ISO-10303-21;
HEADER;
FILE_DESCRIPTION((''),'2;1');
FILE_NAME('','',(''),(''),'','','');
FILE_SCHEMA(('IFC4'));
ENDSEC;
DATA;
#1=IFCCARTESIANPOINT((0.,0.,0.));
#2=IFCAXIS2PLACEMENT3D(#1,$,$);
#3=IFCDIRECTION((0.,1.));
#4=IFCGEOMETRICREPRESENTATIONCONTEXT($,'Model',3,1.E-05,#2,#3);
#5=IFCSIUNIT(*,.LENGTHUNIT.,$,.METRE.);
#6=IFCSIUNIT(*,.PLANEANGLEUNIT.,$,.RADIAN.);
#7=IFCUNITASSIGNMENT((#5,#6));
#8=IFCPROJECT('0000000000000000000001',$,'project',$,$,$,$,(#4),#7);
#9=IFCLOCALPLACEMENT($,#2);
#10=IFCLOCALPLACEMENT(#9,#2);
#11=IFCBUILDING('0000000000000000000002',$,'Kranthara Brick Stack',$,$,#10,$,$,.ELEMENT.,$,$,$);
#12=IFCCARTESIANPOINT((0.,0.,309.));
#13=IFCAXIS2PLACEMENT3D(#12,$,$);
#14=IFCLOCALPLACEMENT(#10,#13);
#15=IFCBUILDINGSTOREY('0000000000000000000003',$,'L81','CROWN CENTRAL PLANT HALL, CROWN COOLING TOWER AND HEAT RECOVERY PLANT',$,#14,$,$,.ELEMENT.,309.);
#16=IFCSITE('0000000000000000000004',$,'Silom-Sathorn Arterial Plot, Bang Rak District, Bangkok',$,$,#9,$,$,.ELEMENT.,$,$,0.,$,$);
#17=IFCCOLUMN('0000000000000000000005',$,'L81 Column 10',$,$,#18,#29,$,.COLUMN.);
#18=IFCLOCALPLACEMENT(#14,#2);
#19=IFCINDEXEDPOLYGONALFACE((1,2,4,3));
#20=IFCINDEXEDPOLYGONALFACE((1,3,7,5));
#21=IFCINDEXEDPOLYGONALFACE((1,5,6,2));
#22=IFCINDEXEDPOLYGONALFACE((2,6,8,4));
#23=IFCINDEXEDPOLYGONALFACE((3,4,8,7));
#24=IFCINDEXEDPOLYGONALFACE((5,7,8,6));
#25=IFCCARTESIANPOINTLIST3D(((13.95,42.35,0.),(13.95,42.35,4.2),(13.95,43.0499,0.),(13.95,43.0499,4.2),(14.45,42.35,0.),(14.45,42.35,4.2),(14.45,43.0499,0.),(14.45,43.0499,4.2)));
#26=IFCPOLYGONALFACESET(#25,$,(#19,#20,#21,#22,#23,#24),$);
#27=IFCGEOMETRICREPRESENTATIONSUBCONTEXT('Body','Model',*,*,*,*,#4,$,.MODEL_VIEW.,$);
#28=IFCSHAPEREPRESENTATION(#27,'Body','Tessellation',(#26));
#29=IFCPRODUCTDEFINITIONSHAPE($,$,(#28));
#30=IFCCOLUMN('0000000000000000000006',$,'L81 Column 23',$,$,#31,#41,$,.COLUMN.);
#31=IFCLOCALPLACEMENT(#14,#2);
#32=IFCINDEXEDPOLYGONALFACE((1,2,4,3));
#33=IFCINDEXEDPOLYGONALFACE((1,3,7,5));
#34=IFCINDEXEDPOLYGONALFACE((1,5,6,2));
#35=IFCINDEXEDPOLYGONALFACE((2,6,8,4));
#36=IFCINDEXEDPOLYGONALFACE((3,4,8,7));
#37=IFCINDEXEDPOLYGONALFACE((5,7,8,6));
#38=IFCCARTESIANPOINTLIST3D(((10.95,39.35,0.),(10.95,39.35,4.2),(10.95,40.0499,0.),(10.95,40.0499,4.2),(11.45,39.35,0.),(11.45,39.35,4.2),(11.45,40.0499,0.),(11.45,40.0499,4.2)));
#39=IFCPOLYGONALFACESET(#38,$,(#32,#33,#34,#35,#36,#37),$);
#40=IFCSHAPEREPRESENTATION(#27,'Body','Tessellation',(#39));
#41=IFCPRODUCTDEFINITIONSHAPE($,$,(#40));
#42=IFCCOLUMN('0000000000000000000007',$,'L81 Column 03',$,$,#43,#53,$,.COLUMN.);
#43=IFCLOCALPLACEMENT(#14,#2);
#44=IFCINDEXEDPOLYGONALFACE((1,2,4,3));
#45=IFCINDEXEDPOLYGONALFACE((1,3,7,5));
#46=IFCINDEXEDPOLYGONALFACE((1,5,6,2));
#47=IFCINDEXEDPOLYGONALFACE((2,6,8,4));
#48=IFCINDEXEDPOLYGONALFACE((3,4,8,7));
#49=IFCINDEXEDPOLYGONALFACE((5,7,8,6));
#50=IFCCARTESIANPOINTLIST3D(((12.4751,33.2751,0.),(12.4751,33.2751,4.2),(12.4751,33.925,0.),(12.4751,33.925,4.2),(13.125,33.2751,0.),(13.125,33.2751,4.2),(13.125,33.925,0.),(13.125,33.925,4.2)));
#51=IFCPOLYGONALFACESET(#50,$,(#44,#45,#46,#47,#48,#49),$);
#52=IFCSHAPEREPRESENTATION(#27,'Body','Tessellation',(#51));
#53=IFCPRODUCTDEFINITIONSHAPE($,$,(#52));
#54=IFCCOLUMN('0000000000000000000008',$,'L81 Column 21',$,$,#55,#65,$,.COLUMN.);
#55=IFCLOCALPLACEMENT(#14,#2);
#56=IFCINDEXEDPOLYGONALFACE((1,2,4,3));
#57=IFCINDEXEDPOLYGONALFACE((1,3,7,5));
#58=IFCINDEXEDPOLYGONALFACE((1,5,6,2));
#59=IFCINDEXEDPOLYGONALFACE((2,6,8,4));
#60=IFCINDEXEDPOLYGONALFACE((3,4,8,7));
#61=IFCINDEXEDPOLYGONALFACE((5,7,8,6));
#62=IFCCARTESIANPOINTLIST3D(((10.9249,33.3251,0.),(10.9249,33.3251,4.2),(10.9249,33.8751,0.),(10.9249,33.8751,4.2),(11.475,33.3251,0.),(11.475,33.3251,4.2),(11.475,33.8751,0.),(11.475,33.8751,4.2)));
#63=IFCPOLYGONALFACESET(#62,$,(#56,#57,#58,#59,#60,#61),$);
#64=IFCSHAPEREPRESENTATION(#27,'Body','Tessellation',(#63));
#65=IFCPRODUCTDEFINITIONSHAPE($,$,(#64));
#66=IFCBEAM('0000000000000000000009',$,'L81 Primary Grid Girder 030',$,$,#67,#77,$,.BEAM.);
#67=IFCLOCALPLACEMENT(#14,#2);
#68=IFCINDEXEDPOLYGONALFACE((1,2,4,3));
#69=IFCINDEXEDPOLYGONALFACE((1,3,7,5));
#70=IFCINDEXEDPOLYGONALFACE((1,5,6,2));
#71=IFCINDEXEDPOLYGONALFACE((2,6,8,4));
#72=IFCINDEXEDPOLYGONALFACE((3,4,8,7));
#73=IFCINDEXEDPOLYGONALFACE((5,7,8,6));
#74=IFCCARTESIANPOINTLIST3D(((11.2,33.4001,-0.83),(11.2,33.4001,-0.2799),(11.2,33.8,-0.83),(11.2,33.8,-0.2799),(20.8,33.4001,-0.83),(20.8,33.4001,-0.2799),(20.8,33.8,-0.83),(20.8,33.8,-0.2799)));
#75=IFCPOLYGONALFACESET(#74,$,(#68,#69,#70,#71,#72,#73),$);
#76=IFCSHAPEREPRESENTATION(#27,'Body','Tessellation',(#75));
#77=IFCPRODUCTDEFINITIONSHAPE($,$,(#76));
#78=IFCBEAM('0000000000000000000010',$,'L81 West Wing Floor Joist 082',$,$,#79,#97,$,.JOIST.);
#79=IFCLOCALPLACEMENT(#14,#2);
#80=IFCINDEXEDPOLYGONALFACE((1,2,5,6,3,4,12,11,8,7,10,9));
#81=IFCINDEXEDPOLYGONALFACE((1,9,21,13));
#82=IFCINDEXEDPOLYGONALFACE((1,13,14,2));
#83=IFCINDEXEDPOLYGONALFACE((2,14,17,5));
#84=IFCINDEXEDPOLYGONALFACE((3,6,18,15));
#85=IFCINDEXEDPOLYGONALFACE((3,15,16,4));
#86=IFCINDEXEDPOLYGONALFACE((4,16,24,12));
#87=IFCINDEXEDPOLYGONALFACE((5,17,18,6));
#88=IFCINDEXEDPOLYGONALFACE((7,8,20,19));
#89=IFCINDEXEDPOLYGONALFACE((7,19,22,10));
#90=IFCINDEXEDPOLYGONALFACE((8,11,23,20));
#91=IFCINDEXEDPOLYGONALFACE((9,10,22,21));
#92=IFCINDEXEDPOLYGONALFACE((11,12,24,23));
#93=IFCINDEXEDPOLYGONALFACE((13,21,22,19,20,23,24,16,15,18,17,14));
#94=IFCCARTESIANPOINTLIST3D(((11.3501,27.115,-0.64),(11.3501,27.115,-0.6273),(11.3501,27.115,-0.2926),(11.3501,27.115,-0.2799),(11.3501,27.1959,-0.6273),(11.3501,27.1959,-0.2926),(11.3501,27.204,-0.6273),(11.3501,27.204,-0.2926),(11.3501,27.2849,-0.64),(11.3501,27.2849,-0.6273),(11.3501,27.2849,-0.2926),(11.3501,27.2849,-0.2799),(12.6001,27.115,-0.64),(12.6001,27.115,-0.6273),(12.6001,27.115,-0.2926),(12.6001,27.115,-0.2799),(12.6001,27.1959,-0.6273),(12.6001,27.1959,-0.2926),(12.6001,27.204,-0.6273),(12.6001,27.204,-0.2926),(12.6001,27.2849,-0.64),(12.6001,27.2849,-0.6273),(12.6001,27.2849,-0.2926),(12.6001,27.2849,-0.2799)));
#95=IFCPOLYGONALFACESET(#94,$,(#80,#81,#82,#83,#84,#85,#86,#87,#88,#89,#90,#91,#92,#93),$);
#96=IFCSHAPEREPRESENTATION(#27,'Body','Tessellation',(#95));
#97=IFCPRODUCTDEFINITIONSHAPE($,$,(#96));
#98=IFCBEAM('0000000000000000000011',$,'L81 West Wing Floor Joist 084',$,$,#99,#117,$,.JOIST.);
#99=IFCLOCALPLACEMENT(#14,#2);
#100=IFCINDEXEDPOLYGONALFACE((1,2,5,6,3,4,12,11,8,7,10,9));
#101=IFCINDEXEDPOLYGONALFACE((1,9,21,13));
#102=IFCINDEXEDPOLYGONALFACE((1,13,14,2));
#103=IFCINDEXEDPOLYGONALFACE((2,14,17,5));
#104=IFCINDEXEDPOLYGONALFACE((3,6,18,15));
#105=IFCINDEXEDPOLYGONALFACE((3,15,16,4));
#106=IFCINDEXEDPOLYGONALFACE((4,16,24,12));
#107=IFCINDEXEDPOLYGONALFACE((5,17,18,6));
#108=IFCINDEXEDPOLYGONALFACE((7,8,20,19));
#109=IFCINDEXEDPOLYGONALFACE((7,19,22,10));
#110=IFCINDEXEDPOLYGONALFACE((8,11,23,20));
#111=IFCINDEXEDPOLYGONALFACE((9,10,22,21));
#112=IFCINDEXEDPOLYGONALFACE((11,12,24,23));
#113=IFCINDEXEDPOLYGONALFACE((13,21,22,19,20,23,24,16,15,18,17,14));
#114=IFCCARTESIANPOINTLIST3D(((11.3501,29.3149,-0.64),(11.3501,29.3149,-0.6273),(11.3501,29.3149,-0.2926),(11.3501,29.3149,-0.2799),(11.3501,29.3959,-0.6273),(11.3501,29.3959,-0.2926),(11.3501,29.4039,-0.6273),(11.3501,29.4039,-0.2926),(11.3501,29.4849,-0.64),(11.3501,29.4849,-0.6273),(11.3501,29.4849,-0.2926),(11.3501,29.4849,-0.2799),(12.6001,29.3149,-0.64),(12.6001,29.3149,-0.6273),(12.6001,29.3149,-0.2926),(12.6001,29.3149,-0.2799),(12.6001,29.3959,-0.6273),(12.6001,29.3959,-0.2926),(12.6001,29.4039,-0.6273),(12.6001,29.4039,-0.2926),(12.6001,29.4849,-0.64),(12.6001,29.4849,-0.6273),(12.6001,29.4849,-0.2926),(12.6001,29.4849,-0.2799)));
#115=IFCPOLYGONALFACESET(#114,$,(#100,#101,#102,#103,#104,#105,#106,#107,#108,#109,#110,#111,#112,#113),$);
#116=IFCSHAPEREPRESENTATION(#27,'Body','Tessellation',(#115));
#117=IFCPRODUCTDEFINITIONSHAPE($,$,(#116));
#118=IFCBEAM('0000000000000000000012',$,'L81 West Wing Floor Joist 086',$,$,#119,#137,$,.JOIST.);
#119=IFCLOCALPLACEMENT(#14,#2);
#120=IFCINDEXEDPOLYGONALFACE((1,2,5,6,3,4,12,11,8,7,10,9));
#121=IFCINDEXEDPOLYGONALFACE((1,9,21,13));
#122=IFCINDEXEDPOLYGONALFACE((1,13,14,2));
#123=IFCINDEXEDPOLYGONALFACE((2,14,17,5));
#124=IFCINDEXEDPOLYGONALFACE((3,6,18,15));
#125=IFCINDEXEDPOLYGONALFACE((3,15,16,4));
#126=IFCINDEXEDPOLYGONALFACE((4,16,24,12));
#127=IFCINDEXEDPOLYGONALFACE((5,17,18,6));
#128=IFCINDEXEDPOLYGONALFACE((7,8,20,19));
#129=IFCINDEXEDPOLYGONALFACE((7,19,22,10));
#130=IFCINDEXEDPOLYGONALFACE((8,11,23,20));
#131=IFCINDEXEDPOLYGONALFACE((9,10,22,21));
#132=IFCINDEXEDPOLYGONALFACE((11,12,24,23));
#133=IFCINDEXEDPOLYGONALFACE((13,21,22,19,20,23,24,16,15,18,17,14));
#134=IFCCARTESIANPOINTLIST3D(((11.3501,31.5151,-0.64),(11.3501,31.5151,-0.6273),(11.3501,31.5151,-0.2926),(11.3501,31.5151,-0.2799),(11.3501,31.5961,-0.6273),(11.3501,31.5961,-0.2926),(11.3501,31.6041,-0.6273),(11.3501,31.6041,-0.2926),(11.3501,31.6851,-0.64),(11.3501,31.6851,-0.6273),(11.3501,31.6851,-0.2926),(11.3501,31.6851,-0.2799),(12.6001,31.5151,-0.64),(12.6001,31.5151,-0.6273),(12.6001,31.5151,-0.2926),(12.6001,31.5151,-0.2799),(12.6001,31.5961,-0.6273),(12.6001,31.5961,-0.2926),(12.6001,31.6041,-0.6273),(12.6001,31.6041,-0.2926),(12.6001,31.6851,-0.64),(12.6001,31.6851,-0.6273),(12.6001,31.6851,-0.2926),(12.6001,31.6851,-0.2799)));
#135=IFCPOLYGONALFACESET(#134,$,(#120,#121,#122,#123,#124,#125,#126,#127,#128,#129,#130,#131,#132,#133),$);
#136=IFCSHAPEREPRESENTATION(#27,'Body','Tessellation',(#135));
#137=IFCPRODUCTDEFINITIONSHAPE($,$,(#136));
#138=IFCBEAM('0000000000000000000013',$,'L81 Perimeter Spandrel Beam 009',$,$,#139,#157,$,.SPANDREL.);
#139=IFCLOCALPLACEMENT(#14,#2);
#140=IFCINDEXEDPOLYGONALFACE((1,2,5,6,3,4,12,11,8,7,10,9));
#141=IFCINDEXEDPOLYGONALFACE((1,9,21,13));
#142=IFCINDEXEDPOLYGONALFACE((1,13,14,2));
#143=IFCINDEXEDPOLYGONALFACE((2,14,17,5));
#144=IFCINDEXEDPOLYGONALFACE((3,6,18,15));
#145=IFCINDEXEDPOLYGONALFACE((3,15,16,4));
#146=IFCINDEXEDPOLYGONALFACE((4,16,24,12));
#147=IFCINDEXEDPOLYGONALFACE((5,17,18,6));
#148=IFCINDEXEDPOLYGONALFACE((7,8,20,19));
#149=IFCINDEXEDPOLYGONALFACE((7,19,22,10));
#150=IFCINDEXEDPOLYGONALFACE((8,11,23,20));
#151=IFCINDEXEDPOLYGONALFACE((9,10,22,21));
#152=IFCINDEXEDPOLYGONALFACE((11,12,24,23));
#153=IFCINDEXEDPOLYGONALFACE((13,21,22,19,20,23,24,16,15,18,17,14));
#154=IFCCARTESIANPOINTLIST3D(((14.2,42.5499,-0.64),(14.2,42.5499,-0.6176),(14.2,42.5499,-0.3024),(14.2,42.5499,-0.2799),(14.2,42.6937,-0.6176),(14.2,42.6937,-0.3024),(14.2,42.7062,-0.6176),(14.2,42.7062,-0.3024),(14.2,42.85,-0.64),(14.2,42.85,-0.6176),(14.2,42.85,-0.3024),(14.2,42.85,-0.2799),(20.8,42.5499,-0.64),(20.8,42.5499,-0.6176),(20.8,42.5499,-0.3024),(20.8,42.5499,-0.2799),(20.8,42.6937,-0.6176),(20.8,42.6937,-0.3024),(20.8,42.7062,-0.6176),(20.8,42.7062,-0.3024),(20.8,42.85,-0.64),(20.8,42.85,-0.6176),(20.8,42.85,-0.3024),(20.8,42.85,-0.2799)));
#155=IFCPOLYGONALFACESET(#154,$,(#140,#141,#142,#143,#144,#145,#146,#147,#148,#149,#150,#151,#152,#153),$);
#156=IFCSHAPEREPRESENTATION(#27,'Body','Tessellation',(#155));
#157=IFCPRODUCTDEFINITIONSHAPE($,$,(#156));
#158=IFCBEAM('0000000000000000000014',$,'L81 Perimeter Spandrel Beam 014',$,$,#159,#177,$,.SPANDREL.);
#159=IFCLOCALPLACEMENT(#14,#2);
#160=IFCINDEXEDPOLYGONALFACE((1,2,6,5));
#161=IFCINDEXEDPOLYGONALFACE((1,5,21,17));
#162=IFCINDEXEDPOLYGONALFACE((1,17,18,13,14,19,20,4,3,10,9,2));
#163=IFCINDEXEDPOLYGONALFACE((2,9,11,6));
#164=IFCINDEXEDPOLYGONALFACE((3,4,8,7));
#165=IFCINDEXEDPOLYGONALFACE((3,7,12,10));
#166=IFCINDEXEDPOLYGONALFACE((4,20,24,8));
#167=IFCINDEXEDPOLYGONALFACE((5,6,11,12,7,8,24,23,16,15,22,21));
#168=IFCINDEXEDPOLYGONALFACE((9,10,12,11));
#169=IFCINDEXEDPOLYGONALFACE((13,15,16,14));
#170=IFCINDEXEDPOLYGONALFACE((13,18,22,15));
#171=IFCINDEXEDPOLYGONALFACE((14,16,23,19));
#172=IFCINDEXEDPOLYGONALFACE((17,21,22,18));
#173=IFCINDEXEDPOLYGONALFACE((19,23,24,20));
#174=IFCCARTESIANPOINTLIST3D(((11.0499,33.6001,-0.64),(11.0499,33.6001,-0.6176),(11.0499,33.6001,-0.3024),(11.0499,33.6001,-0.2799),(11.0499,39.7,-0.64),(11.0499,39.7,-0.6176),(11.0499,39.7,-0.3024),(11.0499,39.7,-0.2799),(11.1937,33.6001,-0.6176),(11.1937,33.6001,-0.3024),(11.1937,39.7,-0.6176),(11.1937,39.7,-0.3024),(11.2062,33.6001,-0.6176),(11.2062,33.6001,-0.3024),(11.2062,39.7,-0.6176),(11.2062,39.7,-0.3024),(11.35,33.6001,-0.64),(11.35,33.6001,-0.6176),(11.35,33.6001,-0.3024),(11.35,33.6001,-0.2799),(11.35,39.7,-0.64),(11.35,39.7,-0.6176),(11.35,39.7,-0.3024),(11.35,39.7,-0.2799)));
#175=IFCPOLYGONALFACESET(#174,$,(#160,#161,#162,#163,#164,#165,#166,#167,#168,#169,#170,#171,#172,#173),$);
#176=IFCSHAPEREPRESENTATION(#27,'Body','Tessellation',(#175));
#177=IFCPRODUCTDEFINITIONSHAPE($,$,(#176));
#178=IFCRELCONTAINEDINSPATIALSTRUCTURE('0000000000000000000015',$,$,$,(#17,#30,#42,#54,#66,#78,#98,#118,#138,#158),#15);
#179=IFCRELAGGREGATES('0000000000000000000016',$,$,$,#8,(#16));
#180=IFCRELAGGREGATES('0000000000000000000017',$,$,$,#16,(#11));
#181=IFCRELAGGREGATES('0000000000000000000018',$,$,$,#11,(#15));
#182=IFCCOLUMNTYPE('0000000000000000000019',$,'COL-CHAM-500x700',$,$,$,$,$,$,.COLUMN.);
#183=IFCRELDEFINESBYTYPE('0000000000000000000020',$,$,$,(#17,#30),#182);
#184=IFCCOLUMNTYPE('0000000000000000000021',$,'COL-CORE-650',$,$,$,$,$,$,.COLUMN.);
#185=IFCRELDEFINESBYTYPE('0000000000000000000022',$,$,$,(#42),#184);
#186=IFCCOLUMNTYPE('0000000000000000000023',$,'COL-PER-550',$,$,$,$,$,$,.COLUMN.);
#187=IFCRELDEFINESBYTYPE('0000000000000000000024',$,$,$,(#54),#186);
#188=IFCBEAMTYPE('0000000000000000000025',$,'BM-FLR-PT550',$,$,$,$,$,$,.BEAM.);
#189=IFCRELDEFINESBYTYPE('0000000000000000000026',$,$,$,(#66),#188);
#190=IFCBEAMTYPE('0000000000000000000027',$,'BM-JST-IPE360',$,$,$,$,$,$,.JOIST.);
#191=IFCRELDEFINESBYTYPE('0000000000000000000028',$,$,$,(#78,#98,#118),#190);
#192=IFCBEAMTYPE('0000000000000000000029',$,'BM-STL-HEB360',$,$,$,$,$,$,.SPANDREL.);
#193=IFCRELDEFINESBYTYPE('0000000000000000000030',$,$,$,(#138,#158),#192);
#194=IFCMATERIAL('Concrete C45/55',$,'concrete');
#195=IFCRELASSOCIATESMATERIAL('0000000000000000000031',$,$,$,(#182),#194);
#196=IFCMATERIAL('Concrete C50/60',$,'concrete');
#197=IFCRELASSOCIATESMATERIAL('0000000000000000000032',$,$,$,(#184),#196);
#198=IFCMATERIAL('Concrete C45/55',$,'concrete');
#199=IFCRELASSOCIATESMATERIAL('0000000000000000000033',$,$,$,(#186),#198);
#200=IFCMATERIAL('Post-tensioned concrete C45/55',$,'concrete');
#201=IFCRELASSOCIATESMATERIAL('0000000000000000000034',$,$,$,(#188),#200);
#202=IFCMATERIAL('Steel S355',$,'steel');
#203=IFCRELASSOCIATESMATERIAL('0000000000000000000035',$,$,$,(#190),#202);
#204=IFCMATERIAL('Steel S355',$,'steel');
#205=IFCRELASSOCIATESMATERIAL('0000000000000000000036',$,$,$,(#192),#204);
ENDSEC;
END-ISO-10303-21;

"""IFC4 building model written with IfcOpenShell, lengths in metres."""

from ifc_helpers import new_model, si_unit, direction, frame, origin, origin_2d, place, context, subcontext, project, spatial, rectangle, i_section, extrude, material, material_profile, profile_set, type_object, element, save


model = new_model("IFC4")

# Units and contexts
model_context = context("Model", 3, precision=1e-05, world=origin(), true_north=direction((0.0, 1.0)))
body_context = subcontext(model_context, "Body", "Model", "MODEL_VIEW")
ifc_project = project(units=[si_unit("LENGTHUNIT", "METRE"), si_unit("PLANEANGLEUNIT", "RADIAN")], contexts=[model_context])

# Site, building, storey
site_placement = place(None, origin())
site = spatial("IfcSite", under=ifc_project, at=site_placement, Name="Silom-Sathorn Arterial Plot, Bang Rak District, Bangkok", CompositionType="ELEMENT", RefElevation=0.0)
building_placement = place(site_placement, origin())
building = spatial("IfcBuilding", under=site, at=building_placement, Name="Kranthara Brick Stack", CompositionType="ELEMENT")
storey_placement = place(building_placement, frame((0.0, 0.0, 309.0)))
storey = spatial("IfcBuildingStorey", under=building, at=storey_placement, Name="L81", Description="CROWN CENTRAL PLANT HALL, CROWN COOLING TOWER AND HEAT RECOVERY PLANT", CompositionType="ELEMENT", Elevation=309.0)

# Columns
ifc_material_1 = material(Name="Concrete C45/55", Category="concrete")
ifc_material_profile_1 = material_profile(ifc_material_1, rectangle(XDim=0.5, YDim=0.7, at=origin_2d()), Name="RC 500x700")
ifc_profile_set_1 = profile_set([ifc_material_profile_1], Name="Concrete C45/55")
column_type_1 = type_object("IfcColumnType", Name="COL-CHAM-500x700", PredefinedType="COLUMN", material=ifc_profile_set_1)
for number, where, z_axis, x_axis, name in (
    (1, (14.2, 42.7, 0.0), (0.0, 0.0, 1.0), (1.0, 0.0, 0.0), "L81 Column 10"),
    (2, (11.2, 39.7, 0.0), (0.0, 0.0, 1.0), (1.0, 0.0, 0.0), "L81 Column 23"),
):
    element("IfcColumn", number, at=place(storey_placement, frame(where, z_axis=z_axis, x_axis=x_axis)), inside=storey, type_object=column_type_1, Name=name, PredefinedType="COLUMN", context=body_context, shape_type="SweptSolid", body=[
        extrude(rectangle(XDim=0.5, YDim=0.7, at=origin_2d()), origin(), (0.0, 0.0, 1.0), 4.2),
    ])
ifc_material_2 = material(Name="Concrete C50/60", Category="concrete")
ifc_material_profile_2 = material_profile(ifc_material_2, rectangle(XDim=0.6499, YDim=0.6499, at=origin_2d()), Name="RC 650x650")
ifc_profile_set_2 = profile_set([ifc_material_profile_2], Name="Concrete C50/60")
column_type_2 = type_object("IfcColumnType", Name="COL-CORE-650", PredefinedType="COLUMN", material=ifc_profile_set_2)
column_1_placement = place(storey_placement, frame((12.8, 33.6001, 0.0), z_axis=(0.0, 0.0, 1.0), x_axis=(1.0, 0.0, 0.0)))
element("IfcColumn", 3, at=column_1_placement, inside=storey, type_object=column_type_2, Name="L81 Column 03", PredefinedType="COLUMN", context=body_context, shape_type="SweptSolid", body=[
    extrude(rectangle(XDim=0.6499, YDim=0.6499, at=origin_2d()), origin(), (0.0, 0.0, 1.0), 4.2),
])
ifc_material_3 = material(Name="Concrete C45/55", Category="concrete")
ifc_material_profile_3 = material_profile(ifc_material_3, rectangle(XDim=0.55, YDim=0.55, at=origin_2d()), Name="RC 550x550")
ifc_profile_set_3 = profile_set([ifc_material_profile_3], Name="Concrete C45/55")
column_type_3 = type_object("IfcColumnType", Name="COL-PER-550", PredefinedType="COLUMN", material=ifc_profile_set_3)
column_2_placement = place(storey_placement, frame((11.2, 33.6001, 0.0), z_axis=(0.0, 0.0, 1.0), x_axis=(1.0, 0.0, 0.0)))
element("IfcColumn", 4, at=column_2_placement, inside=storey, type_object=column_type_3, Name="L81 Column 21", PredefinedType="COLUMN", context=body_context, shape_type="SweptSolid", body=[
    extrude(rectangle(XDim=0.55, YDim=0.55, at=origin_2d()), origin(), (0.0, 0.0, 1.0), 4.2),
])

# Beams
ifc_material_4 = material(Name="Post-tensioned concrete C45/55", Category="concrete")
ifc_material_profile_4 = material_profile(ifc_material_4, rectangle(XDim=0.3999, YDim=0.55, at=origin_2d()), Name="PT 400x550")
ifc_profile_set_4 = profile_set([ifc_material_profile_4], Name="Post-tensioned concrete C45/55")
beam_type_1 = type_object("IfcBeamType", Name="BM-FLR-PT550", PredefinedType="BEAM", material=ifc_profile_set_4)
beam_1_placement = place(storey_placement, frame((11.2, 33.6001, -0.5549), z_axis=(1.0, 0.0, 0.0), x_axis=(0.0, 1.0, 0.0)))
element("IfcBeam", 5, at=beam_1_placement, inside=storey, type_object=beam_type_1, Name="L81 Primary Grid Girder 030", PredefinedType="BEAM", context=body_context, shape_type="SweptSolid", body=[
    extrude(rectangle(XDim=0.3999, YDim=0.55, at=origin_2d()), origin(), (0.0, 0.0, 1.0), 9.6001),
])
ifc_material_5 = material(Name="Steel S355", Category="steel")
ifc_material_profile_5 = material_profile(ifc_material_5, i_section(OverallWidth=0.1699, OverallDepth=0.3601, WebThickness=0.0081, FlangeThickness=0.0127, at=origin_2d()), Name="IPE 360")
ifc_profile_set_5 = profile_set([ifc_material_profile_5], Name="Steel S355")
beam_type_2 = type_object("IfcBeamType", Name="BM-JST-IPE360", PredefinedType="JOIST", material=ifc_profile_set_5)
for number, where, z_axis, x_axis, name in (
    (6, (11.3501, 27.2, -0.46), (1.0, 0.0, 0.0), (0.0, 1.0, 0.0), "L81 West Wing Floor Joist 082"),
    (7, (11.3501, 29.3999, -0.46), (1.0, 0.0, 0.0), (0.0, 1.0, 0.0), "L81 West Wing Floor Joist 084"),
    (8, (11.3501, 31.6001, -0.46), (1.0, 0.0, 0.0), (0.0, 1.0, 0.0), "L81 West Wing Floor Joist 086"),
):
    element("IfcBeam", number, at=place(storey_placement, frame(where, z_axis=z_axis, x_axis=x_axis)), inside=storey, type_object=beam_type_2, Name=name, PredefinedType="JOIST", context=body_context, shape_type="SweptSolid", body=[
        extrude(i_section(OverallWidth=0.1699, OverallDepth=0.3601, WebThickness=0.0081, FlangeThickness=0.0127, at=origin_2d()), origin(), (0.0, 0.0, 1.0), 1.25),
    ])
ifc_material_6 = material(Name="Steel S355", Category="steel")
ifc_material_profile_6 = material_profile(ifc_material_6, i_section(OverallWidth=0.3, OverallDepth=0.3601, WebThickness=0.0125, FlangeThickness=0.0225, at=origin_2d()), Name="HEB 360")
ifc_profile_set_6 = profile_set([ifc_material_profile_6], Name="Steel S355")
beam_type_3 = type_object("IfcBeamType", Name="BM-STL-HEB360", PredefinedType="SPANDREL", material=ifc_profile_set_6)
beam_2_placement = place(storey_placement, frame((14.2, 42.7, -0.46), z_axis=(1.0, 0.0, 0.0), x_axis=(0.0, 1.0, 0.0)))
element("IfcBeam", 9, at=beam_2_placement, inside=storey, type_object=beam_type_3, Name="L81 Perimeter Spandrel Beam 009", PredefinedType="SPANDREL", context=body_context, shape_type="SweptSolid", body=[
    extrude(i_section(OverallWidth=0.3, OverallDepth=0.3601, WebThickness=0.0125, FlangeThickness=0.0225, at=origin_2d()), origin(), (0.0, 0.0, 1.0), 6.6001),
])
beam_3_placement = place(storey_placement, frame((11.2, 33.6001, -0.46), z_axis=(0.0, 1.0, 0.0), x_axis=(-1.0, 0.0, 0.0)))
element("IfcBeam", 10, at=beam_3_placement, inside=storey, type_object=beam_type_3, Name="L81 Perimeter Spandrel Beam 014", PredefinedType="SPANDREL", context=body_context, shape_type="SweptSolid", body=[
    extrude(i_section(OverallWidth=0.3, OverallDepth=0.3601, WebThickness=0.0125, FlangeThickness=0.0225, at=origin_2d()), origin(), (0.0, 0.0, 1.0), 6.0999),
])

save(model, "model.ifc")
